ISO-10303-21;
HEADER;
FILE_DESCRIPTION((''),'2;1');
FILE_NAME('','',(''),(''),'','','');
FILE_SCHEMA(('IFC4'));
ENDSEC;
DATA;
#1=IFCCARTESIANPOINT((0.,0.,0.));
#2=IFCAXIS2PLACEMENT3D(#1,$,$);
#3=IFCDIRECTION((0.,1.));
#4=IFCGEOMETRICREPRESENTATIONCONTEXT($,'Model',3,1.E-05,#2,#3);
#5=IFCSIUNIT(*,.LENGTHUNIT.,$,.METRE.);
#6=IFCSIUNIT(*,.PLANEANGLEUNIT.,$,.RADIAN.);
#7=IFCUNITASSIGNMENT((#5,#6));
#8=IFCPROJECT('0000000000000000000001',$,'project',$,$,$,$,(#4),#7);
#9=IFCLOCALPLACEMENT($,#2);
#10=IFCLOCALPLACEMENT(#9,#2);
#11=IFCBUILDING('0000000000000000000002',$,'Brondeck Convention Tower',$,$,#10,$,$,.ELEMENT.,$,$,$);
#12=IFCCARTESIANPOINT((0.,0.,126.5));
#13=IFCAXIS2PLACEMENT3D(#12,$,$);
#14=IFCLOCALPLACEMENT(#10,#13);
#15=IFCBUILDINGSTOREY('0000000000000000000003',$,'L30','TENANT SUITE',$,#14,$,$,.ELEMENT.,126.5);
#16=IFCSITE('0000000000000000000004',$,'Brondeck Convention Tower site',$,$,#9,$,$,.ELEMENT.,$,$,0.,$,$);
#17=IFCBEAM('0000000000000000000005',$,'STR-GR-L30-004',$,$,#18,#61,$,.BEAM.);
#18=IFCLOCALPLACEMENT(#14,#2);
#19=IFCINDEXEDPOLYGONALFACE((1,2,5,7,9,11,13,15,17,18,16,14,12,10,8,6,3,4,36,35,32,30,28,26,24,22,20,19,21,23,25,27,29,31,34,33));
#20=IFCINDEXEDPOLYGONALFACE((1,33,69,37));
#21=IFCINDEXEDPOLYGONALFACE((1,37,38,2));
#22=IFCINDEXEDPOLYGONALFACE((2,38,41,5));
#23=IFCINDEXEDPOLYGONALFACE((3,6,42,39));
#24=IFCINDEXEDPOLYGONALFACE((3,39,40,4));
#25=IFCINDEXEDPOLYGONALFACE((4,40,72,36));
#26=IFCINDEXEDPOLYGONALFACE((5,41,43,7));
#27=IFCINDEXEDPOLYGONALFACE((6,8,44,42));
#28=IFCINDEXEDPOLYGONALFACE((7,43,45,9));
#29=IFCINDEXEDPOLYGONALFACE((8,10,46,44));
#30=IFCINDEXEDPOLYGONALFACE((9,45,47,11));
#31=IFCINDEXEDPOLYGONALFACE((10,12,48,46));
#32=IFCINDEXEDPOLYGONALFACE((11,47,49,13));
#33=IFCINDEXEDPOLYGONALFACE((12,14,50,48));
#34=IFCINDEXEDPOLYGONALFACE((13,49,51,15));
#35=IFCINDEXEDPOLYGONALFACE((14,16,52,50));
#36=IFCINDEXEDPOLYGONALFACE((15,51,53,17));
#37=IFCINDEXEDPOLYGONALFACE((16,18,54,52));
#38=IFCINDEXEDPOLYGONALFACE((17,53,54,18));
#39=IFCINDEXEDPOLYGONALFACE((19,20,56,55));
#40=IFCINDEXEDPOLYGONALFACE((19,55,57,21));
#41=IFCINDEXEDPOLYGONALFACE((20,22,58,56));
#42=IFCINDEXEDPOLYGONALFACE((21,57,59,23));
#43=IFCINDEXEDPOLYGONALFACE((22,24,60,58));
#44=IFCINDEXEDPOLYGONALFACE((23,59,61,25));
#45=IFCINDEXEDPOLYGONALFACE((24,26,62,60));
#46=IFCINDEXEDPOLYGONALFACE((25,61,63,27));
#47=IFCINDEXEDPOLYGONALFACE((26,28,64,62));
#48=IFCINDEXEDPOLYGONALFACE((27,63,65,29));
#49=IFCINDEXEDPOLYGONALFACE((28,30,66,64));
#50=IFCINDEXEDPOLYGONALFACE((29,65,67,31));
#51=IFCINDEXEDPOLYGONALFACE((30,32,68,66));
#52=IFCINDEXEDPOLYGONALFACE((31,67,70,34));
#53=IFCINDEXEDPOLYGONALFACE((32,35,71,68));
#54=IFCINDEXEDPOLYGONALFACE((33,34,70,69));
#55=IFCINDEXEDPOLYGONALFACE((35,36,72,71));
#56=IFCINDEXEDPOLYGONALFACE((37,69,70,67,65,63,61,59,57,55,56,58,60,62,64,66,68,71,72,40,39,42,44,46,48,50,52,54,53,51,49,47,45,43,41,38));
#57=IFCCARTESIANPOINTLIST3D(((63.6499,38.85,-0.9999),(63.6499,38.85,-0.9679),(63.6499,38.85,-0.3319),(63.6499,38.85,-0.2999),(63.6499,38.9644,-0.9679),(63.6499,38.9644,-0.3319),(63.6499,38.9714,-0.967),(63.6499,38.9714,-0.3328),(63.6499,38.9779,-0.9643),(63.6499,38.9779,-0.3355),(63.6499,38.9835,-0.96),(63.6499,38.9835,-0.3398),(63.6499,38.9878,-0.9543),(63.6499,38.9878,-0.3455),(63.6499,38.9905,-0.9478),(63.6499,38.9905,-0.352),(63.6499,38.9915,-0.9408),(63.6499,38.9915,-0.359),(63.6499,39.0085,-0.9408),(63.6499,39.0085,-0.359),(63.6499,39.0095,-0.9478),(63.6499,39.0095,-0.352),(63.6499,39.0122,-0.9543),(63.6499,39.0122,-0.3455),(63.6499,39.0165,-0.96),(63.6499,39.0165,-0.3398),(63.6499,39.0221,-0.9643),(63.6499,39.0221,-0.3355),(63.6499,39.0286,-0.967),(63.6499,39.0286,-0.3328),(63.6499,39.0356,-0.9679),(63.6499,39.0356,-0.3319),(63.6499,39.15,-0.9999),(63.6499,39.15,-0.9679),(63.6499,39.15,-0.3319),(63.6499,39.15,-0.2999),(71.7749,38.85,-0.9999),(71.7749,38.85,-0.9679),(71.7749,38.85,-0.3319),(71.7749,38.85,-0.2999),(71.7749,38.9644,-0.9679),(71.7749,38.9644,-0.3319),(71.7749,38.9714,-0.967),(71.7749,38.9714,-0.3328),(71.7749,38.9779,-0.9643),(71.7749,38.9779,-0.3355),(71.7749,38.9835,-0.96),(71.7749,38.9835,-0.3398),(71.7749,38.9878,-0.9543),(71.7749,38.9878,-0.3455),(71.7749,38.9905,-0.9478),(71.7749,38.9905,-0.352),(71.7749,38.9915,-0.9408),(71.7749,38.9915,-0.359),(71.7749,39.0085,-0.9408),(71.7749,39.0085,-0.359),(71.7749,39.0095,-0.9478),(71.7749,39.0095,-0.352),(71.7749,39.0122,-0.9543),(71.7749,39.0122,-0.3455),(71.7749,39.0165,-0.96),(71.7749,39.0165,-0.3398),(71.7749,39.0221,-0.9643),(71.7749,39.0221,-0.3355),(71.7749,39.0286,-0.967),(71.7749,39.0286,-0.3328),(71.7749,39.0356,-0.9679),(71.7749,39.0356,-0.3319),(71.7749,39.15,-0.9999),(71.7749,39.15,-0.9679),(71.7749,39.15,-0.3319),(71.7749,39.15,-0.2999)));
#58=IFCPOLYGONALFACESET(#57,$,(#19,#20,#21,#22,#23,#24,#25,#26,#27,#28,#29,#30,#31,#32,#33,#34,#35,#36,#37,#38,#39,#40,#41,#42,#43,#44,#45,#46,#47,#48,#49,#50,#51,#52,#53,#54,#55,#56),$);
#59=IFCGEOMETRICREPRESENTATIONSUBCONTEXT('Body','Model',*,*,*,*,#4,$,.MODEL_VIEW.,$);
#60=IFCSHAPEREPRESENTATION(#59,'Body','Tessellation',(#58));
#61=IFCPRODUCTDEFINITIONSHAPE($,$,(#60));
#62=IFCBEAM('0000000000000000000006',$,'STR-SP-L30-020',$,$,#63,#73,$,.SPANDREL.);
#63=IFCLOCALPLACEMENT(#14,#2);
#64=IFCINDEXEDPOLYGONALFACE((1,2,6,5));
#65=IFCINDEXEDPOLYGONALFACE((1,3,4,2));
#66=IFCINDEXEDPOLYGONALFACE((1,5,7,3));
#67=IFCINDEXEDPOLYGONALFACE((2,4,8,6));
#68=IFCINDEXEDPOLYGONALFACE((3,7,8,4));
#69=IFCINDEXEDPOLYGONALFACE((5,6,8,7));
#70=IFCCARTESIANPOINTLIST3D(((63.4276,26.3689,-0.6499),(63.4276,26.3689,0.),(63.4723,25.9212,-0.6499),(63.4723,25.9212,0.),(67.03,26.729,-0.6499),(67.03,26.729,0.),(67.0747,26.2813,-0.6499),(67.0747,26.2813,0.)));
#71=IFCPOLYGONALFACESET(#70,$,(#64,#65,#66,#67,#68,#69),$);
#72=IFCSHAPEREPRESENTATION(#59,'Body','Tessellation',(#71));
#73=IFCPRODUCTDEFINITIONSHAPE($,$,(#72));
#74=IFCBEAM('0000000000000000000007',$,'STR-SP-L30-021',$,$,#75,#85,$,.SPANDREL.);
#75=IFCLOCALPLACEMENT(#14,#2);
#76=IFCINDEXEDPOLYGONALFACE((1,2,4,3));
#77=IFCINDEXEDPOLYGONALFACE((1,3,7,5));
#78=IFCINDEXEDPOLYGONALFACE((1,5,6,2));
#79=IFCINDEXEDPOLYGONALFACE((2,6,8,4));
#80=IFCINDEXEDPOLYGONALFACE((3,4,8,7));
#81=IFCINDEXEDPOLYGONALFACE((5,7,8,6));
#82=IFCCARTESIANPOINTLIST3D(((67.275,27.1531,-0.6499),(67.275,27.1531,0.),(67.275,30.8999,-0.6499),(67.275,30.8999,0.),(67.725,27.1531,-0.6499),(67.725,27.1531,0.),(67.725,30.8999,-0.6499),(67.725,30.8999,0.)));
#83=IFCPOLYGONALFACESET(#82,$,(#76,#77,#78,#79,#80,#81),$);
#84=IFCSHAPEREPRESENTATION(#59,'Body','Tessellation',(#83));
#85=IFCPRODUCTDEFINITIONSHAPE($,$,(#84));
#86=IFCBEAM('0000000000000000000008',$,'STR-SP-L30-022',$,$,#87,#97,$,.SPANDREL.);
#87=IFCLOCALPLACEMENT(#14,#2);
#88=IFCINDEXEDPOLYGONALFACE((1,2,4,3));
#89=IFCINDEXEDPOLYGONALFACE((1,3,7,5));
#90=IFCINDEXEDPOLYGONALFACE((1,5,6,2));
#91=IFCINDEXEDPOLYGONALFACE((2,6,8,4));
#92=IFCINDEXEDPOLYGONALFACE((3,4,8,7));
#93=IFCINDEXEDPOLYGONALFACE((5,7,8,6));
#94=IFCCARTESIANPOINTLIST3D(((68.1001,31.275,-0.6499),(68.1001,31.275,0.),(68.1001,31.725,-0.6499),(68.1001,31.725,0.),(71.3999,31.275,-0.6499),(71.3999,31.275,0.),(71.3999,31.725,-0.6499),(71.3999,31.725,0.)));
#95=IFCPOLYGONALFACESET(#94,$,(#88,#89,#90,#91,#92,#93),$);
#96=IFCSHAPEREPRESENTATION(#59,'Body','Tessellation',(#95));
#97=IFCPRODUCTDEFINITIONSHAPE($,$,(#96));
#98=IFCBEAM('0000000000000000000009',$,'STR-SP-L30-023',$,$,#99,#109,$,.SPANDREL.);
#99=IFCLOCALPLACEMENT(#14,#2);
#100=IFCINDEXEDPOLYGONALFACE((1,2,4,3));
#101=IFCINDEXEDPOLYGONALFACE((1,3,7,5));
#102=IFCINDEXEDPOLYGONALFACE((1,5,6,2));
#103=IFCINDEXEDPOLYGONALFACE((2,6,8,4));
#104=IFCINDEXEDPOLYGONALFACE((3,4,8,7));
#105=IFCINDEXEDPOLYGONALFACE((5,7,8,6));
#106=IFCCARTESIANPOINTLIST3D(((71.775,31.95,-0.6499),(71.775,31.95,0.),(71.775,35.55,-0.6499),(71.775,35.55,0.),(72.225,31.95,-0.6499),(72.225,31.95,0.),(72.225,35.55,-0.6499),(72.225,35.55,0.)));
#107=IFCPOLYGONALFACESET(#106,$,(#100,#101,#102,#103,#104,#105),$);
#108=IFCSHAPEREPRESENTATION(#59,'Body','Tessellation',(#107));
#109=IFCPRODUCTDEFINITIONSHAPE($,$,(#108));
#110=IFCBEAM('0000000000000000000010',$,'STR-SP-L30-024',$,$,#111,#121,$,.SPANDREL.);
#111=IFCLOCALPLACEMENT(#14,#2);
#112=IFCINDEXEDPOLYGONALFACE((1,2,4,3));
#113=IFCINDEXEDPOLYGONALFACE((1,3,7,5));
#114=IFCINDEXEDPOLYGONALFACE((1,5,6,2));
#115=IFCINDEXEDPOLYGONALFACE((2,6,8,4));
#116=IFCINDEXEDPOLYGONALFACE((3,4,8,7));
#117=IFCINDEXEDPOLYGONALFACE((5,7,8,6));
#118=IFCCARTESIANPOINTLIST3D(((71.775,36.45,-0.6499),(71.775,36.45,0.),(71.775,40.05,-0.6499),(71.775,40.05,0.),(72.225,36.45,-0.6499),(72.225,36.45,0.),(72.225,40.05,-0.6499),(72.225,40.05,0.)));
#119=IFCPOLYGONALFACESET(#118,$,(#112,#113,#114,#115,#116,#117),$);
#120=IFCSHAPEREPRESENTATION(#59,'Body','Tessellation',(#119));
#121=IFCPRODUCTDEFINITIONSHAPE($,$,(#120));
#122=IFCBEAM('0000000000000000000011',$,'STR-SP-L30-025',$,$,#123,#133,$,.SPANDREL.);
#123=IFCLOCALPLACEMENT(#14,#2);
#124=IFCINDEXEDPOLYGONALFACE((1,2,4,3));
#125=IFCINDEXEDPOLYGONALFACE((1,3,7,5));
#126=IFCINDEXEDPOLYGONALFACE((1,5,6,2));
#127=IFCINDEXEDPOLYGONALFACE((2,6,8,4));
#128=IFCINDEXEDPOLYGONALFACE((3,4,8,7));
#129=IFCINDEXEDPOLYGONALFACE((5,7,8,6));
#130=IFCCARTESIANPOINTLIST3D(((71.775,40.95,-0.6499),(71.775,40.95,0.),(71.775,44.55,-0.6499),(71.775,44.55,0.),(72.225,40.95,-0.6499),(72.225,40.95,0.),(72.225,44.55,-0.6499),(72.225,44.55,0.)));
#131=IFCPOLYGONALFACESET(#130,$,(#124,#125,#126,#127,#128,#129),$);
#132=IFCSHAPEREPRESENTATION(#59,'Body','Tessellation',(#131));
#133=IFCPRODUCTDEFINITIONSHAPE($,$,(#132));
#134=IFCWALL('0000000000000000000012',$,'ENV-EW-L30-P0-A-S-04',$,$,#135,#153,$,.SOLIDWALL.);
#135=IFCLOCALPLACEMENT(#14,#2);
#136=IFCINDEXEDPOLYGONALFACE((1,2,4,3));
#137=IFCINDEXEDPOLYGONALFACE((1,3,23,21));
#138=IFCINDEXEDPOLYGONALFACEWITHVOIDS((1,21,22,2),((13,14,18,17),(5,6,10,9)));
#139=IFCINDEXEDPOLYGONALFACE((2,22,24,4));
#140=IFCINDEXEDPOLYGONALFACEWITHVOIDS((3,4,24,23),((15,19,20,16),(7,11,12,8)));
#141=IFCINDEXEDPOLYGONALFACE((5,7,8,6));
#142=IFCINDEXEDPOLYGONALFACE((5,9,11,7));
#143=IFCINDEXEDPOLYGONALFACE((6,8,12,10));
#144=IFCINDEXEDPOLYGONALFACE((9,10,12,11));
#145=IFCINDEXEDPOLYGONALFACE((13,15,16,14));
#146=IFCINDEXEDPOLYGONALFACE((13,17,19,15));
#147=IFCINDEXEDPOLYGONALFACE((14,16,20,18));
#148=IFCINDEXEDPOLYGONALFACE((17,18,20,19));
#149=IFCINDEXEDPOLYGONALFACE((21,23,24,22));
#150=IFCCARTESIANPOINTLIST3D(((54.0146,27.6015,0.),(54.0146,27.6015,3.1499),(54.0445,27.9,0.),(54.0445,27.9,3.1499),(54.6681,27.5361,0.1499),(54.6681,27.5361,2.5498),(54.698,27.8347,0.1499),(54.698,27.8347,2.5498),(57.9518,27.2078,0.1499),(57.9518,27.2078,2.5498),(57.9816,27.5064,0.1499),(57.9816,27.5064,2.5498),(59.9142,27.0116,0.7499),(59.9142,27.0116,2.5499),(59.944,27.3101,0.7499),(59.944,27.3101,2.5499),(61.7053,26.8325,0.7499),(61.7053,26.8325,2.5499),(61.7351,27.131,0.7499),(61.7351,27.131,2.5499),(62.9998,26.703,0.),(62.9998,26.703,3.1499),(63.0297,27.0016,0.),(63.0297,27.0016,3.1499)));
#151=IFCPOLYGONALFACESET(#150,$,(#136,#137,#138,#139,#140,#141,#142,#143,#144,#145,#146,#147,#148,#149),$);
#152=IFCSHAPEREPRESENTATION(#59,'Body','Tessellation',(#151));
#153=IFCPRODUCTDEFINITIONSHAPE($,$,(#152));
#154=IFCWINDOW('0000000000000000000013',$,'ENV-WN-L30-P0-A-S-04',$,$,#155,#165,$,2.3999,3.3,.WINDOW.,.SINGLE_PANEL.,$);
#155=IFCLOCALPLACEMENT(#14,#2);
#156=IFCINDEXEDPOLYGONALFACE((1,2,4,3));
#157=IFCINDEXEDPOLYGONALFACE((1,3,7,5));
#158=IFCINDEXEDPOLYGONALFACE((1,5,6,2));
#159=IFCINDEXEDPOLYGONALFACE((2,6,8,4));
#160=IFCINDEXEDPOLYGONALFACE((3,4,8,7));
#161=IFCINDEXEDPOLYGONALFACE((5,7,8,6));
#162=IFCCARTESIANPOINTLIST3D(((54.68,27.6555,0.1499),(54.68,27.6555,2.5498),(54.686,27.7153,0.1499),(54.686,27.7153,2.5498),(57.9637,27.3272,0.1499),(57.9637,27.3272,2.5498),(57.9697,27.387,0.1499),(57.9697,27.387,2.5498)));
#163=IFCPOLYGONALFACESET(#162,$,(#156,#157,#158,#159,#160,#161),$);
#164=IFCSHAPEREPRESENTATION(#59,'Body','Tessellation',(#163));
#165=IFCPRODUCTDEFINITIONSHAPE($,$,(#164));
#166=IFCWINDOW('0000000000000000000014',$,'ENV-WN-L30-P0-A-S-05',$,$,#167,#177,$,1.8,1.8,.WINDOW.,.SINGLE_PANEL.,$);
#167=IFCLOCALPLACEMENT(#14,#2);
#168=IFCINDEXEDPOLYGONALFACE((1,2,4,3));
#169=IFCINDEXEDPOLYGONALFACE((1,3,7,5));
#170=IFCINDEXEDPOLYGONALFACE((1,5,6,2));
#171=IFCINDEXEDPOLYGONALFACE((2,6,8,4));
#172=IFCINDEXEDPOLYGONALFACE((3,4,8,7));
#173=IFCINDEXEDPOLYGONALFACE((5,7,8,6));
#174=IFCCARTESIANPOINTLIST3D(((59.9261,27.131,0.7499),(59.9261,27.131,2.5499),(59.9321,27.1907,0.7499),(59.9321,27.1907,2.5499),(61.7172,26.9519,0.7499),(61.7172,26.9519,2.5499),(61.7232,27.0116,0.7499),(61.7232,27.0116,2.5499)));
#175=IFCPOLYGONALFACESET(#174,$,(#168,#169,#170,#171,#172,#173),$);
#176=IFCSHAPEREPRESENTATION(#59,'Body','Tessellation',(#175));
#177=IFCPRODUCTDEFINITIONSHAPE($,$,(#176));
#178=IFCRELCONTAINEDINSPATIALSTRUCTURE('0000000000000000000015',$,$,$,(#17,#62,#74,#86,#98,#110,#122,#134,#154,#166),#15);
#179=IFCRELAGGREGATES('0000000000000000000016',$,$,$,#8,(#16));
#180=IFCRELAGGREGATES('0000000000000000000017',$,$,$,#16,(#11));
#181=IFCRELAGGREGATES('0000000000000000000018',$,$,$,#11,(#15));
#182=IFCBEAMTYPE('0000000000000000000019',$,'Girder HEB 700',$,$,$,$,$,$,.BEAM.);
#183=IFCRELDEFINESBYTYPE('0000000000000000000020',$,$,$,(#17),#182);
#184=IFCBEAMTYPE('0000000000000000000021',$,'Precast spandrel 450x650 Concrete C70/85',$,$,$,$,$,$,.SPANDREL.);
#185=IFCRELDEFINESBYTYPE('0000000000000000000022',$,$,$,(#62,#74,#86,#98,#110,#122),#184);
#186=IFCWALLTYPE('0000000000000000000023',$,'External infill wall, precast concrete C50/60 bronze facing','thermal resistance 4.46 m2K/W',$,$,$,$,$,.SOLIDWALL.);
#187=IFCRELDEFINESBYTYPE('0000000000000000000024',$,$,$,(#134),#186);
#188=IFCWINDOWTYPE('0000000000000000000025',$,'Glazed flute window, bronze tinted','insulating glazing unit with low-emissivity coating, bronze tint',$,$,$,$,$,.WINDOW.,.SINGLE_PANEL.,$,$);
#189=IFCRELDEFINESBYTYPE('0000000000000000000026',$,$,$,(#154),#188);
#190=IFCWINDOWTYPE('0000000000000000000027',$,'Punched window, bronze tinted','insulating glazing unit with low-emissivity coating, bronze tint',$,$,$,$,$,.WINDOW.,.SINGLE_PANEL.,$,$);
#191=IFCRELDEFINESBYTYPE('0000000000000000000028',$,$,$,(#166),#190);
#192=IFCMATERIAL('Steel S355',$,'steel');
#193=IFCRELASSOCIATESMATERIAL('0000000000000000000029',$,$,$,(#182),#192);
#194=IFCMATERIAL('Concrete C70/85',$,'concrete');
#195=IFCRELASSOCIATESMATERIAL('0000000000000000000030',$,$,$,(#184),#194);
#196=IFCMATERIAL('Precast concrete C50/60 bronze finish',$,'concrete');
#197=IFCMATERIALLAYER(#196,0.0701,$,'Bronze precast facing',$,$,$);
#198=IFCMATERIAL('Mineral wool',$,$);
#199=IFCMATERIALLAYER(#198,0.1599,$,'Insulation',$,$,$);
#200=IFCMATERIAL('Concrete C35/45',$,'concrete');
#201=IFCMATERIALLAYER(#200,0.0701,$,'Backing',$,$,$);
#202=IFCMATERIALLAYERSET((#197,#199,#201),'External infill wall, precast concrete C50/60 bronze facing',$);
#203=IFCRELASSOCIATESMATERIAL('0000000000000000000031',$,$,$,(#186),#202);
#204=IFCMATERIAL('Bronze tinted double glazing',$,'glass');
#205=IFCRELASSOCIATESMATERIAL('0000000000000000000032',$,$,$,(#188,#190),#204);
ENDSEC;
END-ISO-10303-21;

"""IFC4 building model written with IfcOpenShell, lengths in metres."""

from ifc_helpers import new_model, si_unit, direction, frame, frame_2d, origin, origin_2d, place, context, subcontext, project, spatial, rectangle, i_section, extrude, material, layer, layer_set, material_profile, profile_set, type_object, element, fill, save


model = new_model("IFC4")

# Units and contexts
model_context = context("Model", 3, precision=1e-05, world=origin(), true_north=direction((0.0, 1.0)))
body_context = subcontext(model_context, "Body", "Model", "MODEL_VIEW")
ifc_project = project(units=[si_unit("LENGTHUNIT", "METRE"), si_unit("PLANEANGLEUNIT", "RADIAN")], contexts=[model_context])

# Site, building, storey
site_placement = place(None, origin())
site = spatial("IfcSite", under=ifc_project, at=site_placement, Name="Brondeck Convention Tower site", CompositionType="ELEMENT", RefElevation=0.0)
building_placement = place(site_placement, origin())
building = spatial("IfcBuilding", under=site, at=building_placement, Name="Brondeck Convention Tower", CompositionType="ELEMENT")
storey_placement = place(building_placement, frame((0.0, 0.0, 126.5)))
storey = spatial("IfcBuildingStorey", under=building, at=storey_placement, Name="L30", Description="TENANT SUITE", CompositionType="ELEMENT", Elevation=126.5)

# Shared definitions
ifc_material_1 = material(Name="Concrete C70/85", Category="concrete")

# Beams
ifc_material_2 = material(Name="Steel S355", Category="steel")
ifc_material_profile_1 = material_profile(ifc_material_2, i_section(OverallWidth=0.3, OverallDepth=0.7, WebThickness=0.0171, FlangeThickness=0.032, FilletRadius=0.0271, at=origin_2d()), Name="HEB 700")
ifc_profile_set_1 = profile_set([ifc_material_profile_1], Name="Steel S355")
beam_type_1 = type_object("IfcBeamType", Name="Girder HEB 700", PredefinedType="BEAM", material=ifc_profile_set_1)
beam_1_placement = place(storey_placement, frame((63.6499, 39.0, -0.6499), z_axis=(1.0, 0.0, 0.0), x_axis=(0.0, 1.0, 0.0)))
element("IfcBeam", 1, at=beam_1_placement, inside=storey, type_object=beam_type_1, Name="STR-GR-L30-004", PredefinedType="BEAM", context=body_context, shape_type="SweptSolid", body=[
    extrude(i_section(OverallWidth=0.3, OverallDepth=0.7, WebThickness=0.0171, FlangeThickness=0.032, FilletRadius=0.0271, at=origin_2d()), origin(), (0.0, 0.0, 1.0), 8.125),
])
ifc_material_profile_2 = material_profile(ifc_material_1, rectangle(XDim=0.45, YDim=0.6499, at=origin_2d()), Name="Precast spandrel 450x650 Concrete C70/85")
ifc_profile_set_2 = profile_set([ifc_material_profile_2], Name="Concrete C70/85")
beam_type_2 = type_object("IfcBeamType", Name="Precast spandrel 450x650 Concrete C70/85", PredefinedType="SPANDREL", material=ifc_profile_set_2)
beam_2_placement = place(storey_placement, frame((63.45, 26.145, -0.325), z_axis=(0.995041, 0.09947, 0.0), x_axis=(-0.09947, 0.995041, 0.0)))
element("IfcBeam", 2, at=beam_2_placement, inside=storey, type_object=beam_type_2, Name="STR-SP-L30-020", PredefinedType="SPANDREL", context=body_context, shape_type="SweptSolid", body=[
    extrude(rectangle(XDim=0.45, YDim=0.6499, at=origin_2d()), origin(), (0.0, 0.0, 1.0), 3.6204),
])
beam_3_placement = place(storey_placement, frame((67.5, 27.1531, -0.325), z_axis=(0.0, 1.0, 0.0), x_axis=(-1.0, 0.0, 0.0)))
element("IfcBeam", 3, at=beam_3_placement, inside=storey, type_object=beam_type_2, Name="STR-SP-L30-021", PredefinedType="SPANDREL", context=body_context, shape_type="SweptSolid", body=[
    extrude(rectangle(XDim=0.45, YDim=0.6499, at=origin_2d()), origin(), (0.0, 0.0, 1.0), 3.7468),
])
beam_4_placement = place(storey_placement, frame((68.1001, 31.5, -0.325), z_axis=(1.0, 0.0, 0.0), x_axis=(0.0, 1.0, 0.0)))
element("IfcBeam", 4, at=beam_4_placement, inside=storey, type_object=beam_type_2, Name="STR-SP-L30-022", PredefinedType="SPANDREL", context=body_context, shape_type="SweptSolid", body=[
    extrude(rectangle(XDim=0.45, YDim=0.6499, at=origin_2d()), origin(), (0.0, 0.0, 1.0), 3.2998),
])
for number, where, z_axis, x_axis, name in (
    (5, (72.0, 31.95, -0.325), (0.0, 1.0, 0.0), (-1.0, 0.0, 0.0), "STR-SP-L30-023"),
    (6, (72.0, 36.45, -0.325), (0.0, 1.0, 0.0), (-1.0, 0.0, 0.0), "STR-SP-L30-024"),
    (7, (72.0, 40.95, -0.325), (0.0, 1.0, 0.0), (-1.0, 0.0, 0.0), "STR-SP-L30-025"),
):
    element("IfcBeam", number, at=place(storey_placement, frame(where, z_axis=z_axis, x_axis=x_axis)), inside=storey, type_object=beam_type_2, Name=name, PredefinedType="SPANDREL", context=body_context, shape_type="SweptSolid", body=[
        extrude(rectangle(XDim=0.45, YDim=0.6499, at=origin_2d()), origin(), (0.0, 0.0, 1.0), 3.6001),
    ])

# Wall, openings, windows
ifc_material_3 = material(Name="Precast concrete C50/60 bronze finish", Category="concrete")
ifc_layer_1 = layer(ifc_material_3, 0.0701, Name="Bronze precast facing")
ifc_material_4 = material(Name="Mineral wool")
ifc_layer_2 = layer(ifc_material_4, 0.1599, Name="Insulation")
ifc_material_5 = material(Name="Concrete C35/45", Category="concrete")
ifc_layer_3 = layer(ifc_material_5, 0.0701, Name="Backing")
ifc_layer_set_1 = layer_set([ifc_layer_1, ifc_layer_2, ifc_layer_3], Name="External infill wall, precast concrete C50/60 bronze facing")
wall_type_1 = type_object("IfcWallType", Name="External infill wall, precast concrete C50/60 bronze facing", Description="thermal resistance 4.46 m2K/W", PredefinedType="SOLIDWALL", material=ifc_layer_set_1)
wall_1_placement = place(storey_placement, frame((63.0149, 26.8523, 0.0), z_axis=(0.0, 0.0, 1.0), x_axis=(-0.995038, 0.099496, 0.0)))
wall_1 = element("IfcWall", 8, at=wall_1_placement, inside=storey, type_object=wall_type_1, Name="ENV-EW-L30-P0-A-S-04", PredefinedType="SOLIDWALL", context=body_context, shape_type="SweptSolid", body=[
    extrude(rectangle(XDim=9.03, YDim=0.3, at=frame_2d((4.5151, 0.0))), origin(), (0.0, 0.0, 1.0), 3.1499),
])
opening_1_placement = place(wall_1_placement, frame((1.3013, 0.0, 0.75)))
opening_1 = element("IfcOpeningElement", 9, at=opening_1_placement, cuts=wall_1, PredefinedType="OPENING", context=body_context, shape_type="SweptSolid", body=[
    extrude(rectangle(XDim=1.8, YDim=1.8, at=frame_2d((0.8999, 0.8999))), frame((0.0, 0.1599, 0.0), z_axis=(0.0, -1.0, 0.0), x_axis=(1.0, 0.0, 0.0)), (0.0, 0.0, 1.0), 0.3201),
])
opening_2_placement = place(wall_1_placement, frame((5.0735, 0.0, 0.1499)))
opening_2 = element("IfcOpeningElement", 10, at=opening_2_placement, cuts=wall_1, PredefinedType="OPENING", context=body_context, shape_type="SweptSolid", body=[
    extrude(rectangle(XDim=3.3, YDim=2.3999, at=frame_2d((1.6499, 1.2))), frame((0.0, 0.1599, 0.0), z_axis=(0.0, -1.0, 0.0), x_axis=(1.0, 0.0, 0.0)), (0.0, 0.0, 1.0), 0.3201),
])
ifc_material_6 = material(Name="Bronze tinted double glazing", Category="glass")
window_type_1 = type_object("IfcWindowType", Name="Glazed flute window, bronze tinted", Description="insulating glazing unit with low-emissivity coating, bronze tint", PartitioningType="SINGLE_PANEL", PredefinedType="WINDOW", material=ifc_material_6)
window_1_placement = place(opening_2_placement, origin())
window_1 = element("IfcWindow", 11, at=window_1_placement, inside=storey, type_object=window_type_1, Name="ENV-WN-L30-P0-A-S-04", OverallHeight=2.3999, OverallWidth=3.3, PartitioningType="SINGLE_PANEL", PredefinedType="WINDOW", context=body_context, shape_type="SweptSolid", body=[
    extrude(rectangle(XDim=3.3, YDim=2.3999, at=frame_2d((1.6499, 1.2))), frame((0.0, 0.03, 0.0), z_axis=(0.0, -1.0, 0.0), x_axis=(1.0, 0.0, 0.0)), (0.0, 0.0, 1.0), 0.0601),
])
fill(opening_2, window_1)
window_type_2 = type_object("IfcWindowType", Name="Punched window, bronze tinted", Description="insulating glazing unit with low-emissivity coating, bronze tint", PartitioningType="SINGLE_PANEL", PredefinedType="WINDOW", material=ifc_material_6)
window_2_placement = place(opening_1_placement, origin())
window_2 = element("IfcWindow", 12, at=window_2_placement, inside=storey, type_object=window_type_2, Name="ENV-WN-L30-P0-A-S-05", OverallHeight=1.8, OverallWidth=1.8, PartitioningType="SINGLE_PANEL", PredefinedType="WINDOW", context=body_context, shape_type="SweptSolid", body=[
    extrude(rectangle(XDim=1.8, YDim=1.8, at=frame_2d((0.8999, 0.8999))), frame((0.0, 0.03, 0.0), z_axis=(0.0, -1.0, 0.0), x_axis=(1.0, 0.0, 0.0)), (0.0, 0.0, 1.0), 0.0601),
])
fill(opening_1, window_2)

save(model, "model.ifc")
